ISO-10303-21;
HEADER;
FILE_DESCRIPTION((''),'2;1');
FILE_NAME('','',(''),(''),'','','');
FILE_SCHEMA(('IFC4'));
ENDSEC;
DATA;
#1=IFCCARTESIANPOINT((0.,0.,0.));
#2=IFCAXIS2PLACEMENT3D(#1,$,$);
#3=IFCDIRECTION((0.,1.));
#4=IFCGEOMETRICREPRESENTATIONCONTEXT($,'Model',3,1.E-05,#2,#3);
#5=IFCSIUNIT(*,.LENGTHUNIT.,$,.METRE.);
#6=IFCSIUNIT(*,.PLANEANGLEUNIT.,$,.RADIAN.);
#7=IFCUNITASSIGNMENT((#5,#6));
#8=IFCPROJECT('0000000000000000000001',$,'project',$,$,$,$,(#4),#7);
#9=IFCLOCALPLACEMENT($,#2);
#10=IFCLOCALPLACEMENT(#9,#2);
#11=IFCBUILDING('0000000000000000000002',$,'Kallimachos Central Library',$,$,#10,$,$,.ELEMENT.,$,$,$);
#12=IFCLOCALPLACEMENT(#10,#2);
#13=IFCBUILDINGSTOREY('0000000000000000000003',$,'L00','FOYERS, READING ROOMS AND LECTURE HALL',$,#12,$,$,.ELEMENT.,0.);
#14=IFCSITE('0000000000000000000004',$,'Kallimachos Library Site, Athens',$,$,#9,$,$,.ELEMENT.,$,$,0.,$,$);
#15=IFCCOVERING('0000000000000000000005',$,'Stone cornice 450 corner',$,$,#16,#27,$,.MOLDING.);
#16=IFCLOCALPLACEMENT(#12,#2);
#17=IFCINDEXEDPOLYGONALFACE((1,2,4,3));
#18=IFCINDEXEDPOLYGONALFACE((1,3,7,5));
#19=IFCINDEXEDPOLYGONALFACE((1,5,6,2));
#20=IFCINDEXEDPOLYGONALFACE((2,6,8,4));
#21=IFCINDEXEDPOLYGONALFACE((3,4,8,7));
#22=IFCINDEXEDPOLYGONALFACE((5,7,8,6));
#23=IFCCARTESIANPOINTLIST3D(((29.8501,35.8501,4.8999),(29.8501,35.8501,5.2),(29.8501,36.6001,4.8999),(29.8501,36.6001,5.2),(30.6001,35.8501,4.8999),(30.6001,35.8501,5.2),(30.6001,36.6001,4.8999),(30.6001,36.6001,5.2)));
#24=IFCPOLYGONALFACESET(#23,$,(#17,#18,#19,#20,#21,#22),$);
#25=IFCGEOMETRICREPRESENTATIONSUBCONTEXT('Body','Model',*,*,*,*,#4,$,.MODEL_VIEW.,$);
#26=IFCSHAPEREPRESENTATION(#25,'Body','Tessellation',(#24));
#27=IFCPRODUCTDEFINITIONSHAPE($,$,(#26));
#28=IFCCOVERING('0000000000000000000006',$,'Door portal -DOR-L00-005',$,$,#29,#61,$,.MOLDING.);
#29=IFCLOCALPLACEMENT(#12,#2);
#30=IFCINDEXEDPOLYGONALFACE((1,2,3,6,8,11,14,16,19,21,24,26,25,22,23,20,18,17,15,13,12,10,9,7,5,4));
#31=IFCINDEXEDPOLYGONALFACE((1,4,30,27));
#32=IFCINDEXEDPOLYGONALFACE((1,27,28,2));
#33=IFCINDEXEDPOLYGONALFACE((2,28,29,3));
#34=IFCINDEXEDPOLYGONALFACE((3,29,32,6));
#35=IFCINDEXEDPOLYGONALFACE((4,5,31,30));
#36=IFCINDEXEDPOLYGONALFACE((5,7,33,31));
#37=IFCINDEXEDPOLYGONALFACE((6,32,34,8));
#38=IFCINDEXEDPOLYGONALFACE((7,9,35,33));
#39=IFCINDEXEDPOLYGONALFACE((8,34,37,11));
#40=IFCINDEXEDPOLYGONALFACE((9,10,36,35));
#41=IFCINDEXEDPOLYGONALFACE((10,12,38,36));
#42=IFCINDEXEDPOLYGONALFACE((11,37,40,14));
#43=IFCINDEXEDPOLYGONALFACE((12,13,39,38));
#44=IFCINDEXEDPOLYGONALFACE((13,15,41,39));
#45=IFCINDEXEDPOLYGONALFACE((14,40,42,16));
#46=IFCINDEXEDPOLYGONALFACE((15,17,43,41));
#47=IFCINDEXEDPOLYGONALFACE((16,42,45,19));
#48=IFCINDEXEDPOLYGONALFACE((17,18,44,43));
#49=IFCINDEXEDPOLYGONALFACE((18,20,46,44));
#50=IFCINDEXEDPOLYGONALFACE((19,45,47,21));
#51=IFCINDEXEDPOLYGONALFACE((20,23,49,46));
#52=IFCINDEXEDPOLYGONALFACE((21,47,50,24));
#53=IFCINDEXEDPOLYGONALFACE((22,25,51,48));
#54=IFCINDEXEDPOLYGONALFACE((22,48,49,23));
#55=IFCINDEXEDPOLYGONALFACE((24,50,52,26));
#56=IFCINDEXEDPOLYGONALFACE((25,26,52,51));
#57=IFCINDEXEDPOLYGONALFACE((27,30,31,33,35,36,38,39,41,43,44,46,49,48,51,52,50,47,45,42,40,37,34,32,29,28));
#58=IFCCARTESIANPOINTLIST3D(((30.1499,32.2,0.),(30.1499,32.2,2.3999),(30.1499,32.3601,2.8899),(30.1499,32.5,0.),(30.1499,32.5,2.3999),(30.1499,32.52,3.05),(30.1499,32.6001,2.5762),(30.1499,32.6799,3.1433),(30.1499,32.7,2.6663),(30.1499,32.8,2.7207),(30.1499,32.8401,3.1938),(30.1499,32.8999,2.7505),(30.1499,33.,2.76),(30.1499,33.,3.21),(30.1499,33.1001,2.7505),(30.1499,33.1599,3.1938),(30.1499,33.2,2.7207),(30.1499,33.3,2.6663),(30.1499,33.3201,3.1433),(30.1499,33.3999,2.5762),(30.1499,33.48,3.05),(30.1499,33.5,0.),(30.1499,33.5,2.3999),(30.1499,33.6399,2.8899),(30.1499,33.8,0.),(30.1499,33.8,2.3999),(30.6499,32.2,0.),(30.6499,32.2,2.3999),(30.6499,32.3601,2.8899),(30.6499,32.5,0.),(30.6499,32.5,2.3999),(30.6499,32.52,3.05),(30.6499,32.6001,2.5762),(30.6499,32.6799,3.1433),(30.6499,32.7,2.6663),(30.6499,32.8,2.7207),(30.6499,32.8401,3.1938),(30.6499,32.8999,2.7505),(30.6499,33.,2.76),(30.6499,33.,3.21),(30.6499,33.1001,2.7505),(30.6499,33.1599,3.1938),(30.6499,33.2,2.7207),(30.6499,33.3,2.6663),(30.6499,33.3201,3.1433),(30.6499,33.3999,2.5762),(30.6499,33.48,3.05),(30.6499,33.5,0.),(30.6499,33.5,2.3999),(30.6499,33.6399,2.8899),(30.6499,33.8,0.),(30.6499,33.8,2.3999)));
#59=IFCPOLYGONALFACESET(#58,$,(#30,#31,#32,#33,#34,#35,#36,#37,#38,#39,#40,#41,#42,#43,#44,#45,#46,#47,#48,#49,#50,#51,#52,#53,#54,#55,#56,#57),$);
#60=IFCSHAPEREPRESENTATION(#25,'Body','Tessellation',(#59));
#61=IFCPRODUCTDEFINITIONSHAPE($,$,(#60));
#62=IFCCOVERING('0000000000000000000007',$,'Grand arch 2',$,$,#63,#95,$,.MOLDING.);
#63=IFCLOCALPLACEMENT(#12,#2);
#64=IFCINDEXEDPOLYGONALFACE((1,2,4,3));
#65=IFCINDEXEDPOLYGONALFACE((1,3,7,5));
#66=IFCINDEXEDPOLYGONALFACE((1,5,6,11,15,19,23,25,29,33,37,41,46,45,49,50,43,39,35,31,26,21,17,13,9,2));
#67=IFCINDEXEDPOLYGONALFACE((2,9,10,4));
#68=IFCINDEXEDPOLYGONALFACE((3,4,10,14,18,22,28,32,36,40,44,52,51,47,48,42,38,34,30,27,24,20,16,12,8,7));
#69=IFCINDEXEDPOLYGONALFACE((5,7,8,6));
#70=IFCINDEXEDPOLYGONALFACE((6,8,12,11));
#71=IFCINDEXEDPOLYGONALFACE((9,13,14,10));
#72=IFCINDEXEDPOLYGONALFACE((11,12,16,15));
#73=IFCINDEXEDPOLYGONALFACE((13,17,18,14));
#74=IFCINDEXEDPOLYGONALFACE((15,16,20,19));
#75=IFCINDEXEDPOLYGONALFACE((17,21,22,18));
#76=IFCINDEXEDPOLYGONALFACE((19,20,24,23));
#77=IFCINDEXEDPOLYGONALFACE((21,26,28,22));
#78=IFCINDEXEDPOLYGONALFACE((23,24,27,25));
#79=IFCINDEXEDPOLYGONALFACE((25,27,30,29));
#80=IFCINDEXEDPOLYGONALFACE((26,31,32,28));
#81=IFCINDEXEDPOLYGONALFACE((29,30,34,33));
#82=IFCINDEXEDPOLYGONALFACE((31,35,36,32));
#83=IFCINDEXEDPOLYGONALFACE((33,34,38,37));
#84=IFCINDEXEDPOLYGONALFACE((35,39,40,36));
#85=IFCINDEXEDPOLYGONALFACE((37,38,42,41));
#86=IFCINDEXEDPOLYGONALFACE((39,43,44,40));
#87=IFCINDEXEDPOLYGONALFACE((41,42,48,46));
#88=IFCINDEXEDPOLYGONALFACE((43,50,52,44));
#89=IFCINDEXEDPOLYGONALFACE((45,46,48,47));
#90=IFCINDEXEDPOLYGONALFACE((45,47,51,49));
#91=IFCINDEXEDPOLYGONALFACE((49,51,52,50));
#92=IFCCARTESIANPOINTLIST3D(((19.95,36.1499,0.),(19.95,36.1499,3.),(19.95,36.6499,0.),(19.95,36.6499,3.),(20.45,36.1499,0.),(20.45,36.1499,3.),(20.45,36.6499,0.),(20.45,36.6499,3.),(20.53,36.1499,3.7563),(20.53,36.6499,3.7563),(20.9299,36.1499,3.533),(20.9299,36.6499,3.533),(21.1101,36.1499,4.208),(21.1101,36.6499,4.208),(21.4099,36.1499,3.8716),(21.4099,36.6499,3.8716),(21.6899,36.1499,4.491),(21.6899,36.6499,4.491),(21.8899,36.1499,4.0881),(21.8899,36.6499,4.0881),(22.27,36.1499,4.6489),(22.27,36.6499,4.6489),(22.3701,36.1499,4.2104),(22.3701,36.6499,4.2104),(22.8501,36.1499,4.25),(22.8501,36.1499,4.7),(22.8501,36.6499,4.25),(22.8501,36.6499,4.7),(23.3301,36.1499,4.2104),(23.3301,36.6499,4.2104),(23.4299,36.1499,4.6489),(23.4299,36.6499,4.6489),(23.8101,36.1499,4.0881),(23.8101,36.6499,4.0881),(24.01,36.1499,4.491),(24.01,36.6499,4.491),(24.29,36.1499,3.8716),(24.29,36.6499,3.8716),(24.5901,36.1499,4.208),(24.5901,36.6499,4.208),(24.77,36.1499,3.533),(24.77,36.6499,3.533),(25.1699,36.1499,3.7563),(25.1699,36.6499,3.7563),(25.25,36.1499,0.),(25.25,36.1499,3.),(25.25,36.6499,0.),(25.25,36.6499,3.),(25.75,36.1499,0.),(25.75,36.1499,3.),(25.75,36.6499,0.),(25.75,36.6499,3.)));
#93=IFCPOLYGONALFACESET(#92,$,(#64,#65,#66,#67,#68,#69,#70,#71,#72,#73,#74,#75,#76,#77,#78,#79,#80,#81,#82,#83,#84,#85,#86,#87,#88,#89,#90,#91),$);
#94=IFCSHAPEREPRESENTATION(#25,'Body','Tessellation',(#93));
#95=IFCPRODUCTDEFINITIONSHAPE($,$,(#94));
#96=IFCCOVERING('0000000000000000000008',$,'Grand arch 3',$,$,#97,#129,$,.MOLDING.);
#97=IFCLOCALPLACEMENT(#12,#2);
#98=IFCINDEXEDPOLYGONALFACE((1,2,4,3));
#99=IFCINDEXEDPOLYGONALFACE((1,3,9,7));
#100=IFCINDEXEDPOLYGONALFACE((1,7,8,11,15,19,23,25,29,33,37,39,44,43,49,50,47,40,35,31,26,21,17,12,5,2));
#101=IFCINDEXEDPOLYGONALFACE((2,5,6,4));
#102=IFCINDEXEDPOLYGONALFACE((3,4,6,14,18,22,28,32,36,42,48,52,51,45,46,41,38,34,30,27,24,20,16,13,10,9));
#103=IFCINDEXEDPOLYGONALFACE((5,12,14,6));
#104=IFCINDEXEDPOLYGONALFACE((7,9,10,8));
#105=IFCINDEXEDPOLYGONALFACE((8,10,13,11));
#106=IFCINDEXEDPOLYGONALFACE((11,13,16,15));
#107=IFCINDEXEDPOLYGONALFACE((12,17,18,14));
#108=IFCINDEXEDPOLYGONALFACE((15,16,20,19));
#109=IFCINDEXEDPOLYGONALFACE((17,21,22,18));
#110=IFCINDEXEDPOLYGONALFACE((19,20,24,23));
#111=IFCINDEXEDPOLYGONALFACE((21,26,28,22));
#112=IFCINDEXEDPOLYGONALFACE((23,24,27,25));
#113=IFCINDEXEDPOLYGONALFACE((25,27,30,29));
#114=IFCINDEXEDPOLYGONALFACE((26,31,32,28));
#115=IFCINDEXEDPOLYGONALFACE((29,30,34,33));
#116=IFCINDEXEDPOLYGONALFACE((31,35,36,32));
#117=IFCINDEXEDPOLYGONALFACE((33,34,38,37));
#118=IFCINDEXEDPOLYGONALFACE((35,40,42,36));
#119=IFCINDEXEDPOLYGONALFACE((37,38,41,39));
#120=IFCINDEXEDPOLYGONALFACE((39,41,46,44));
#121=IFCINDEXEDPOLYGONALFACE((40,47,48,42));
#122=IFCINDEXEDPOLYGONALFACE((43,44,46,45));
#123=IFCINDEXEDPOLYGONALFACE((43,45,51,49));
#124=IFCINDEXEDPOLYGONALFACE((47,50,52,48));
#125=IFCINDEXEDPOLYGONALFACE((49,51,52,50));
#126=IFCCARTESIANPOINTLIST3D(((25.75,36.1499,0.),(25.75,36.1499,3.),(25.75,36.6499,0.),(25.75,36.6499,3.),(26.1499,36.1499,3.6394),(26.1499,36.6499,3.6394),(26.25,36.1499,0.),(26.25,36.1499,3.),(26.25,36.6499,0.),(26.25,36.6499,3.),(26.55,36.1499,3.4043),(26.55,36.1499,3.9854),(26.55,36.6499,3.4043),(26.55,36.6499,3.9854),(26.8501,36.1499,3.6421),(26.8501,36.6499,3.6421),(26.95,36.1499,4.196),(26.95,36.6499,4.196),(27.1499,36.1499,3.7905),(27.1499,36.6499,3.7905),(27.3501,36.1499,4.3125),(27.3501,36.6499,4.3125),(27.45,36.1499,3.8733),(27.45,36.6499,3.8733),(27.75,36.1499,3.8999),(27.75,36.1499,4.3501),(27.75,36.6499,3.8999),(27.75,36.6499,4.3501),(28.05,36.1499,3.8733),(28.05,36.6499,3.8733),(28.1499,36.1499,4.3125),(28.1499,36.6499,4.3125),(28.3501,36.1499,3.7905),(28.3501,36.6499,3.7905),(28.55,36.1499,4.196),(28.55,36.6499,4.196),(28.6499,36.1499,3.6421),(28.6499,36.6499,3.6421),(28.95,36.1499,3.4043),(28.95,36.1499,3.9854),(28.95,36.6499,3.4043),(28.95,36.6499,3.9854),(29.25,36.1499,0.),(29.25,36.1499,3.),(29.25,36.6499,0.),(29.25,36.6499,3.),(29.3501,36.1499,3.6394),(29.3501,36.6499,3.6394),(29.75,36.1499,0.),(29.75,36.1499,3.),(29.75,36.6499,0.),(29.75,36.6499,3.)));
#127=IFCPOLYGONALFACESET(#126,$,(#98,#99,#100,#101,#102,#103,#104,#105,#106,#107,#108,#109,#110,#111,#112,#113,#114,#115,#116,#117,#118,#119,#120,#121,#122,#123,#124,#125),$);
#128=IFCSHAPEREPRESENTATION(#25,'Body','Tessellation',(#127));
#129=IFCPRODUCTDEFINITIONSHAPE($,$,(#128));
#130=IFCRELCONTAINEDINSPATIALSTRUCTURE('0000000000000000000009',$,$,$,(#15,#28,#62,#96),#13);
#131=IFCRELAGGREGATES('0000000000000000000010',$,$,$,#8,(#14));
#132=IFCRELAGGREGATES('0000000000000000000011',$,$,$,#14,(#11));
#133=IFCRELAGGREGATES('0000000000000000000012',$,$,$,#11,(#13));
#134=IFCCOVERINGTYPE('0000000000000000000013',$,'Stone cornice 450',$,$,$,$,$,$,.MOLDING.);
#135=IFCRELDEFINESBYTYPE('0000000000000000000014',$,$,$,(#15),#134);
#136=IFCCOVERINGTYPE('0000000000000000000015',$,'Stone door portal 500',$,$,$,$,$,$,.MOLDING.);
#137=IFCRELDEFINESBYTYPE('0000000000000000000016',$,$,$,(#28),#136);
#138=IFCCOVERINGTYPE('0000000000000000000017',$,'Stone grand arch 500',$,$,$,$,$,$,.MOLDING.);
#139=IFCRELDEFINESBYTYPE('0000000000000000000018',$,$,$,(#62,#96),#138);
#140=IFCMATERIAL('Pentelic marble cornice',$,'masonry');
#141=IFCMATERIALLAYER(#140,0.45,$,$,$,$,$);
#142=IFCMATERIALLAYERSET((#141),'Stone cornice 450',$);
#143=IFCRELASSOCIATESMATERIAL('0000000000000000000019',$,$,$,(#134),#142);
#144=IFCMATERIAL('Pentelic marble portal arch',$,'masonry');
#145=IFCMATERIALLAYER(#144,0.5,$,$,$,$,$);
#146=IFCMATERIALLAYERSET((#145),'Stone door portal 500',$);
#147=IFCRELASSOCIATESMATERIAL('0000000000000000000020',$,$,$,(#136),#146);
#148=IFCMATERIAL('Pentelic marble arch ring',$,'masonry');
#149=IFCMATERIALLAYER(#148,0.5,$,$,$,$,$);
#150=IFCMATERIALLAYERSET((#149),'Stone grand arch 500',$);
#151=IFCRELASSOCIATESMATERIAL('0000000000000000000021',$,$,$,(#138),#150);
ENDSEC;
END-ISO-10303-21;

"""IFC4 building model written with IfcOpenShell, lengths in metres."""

from ifc_helpers import new_model, si_unit, direction, frame, origin, origin_2d, place, context, subcontext, project, spatial, polyline, rectangle, outline, extrude, material, layer, layer_set, type_object, element, save


model = new_model("IFC4")

# Units and contexts
model_context = context("Model", 3, precision=1e-05, world=origin(), true_north=direction((0.0, 1.0)))
body_context = subcontext(model_context, "Body", "Model", "MODEL_VIEW")
ifc_project = project(units=[si_unit("LENGTHUNIT", "METRE"), si_unit("PLANEANGLEUNIT", "RADIAN")], contexts=[model_context])

# Site, building, storey
site_placement = place(None, origin())
site = spatial("IfcSite", under=ifc_project, at=site_placement, Name="Kallimachos Library Site, Athens", CompositionType="ELEMENT", RefElevation=0.0)
building_placement = place(site_placement, origin())
building = spatial("IfcBuilding", under=site, at=building_placement, Name="Kallimachos Central Library", CompositionType="ELEMENT")
storey_placement = place(building_placement, origin())
storey = spatial("IfcBuildingStorey", under=building, at=storey_placement, Name="L00", Description="FOYERS, READING ROOMS AND LECTURE HALL", CompositionType="ELEMENT", Elevation=0.0)

# Coverings
ifc_material_1 = material(Name="Pentelic marble cornice", Category="masonry")
ifc_layer_1 = layer(ifc_material_1, 0.45)
ifc_layer_set_1 = layer_set([ifc_layer_1], Name="Stone cornice 450")
covering_type_1 = type_object("IfcCoveringType", Name="Stone cornice 450", PredefinedType="MOLDING", material=ifc_layer_set_1)
covering_1_placement = place(storey_placement, frame((30.2251, 36.2251, 4.8999), z_axis=(0.0, 0.0, 1.0), x_axis=(1.0, 0.0, 0.0)))
element("IfcCovering", 1, at=covering_1_placement, inside=storey, type_object=covering_type_1, Name="Stone cornice 450 corner", PredefinedType="MOLDING", context=body_context, shape_type="SweptSolid", body=[
    extrude(rectangle(XDim=0.75, YDim=0.75, at=origin_2d()), origin(), (0.0, 0.0, 1.0), 0.3),
])
ifc_material_2 = material(Name="Pentelic marble portal arch", Category="masonry")
ifc_layer_2 = layer(ifc_material_2, 0.5)
ifc_layer_set_2 = layer_set([ifc_layer_2], Name="Stone door portal 500")
covering_type_2 = type_object("IfcCoveringType", Name="Stone door portal 500", PredefinedType="MOLDING", material=ifc_layer_set_2)
covering_2_placement = place(storey_placement, frame((30.6499, 32.5, 0.0), z_axis=(1.0, 0.0, 0.0), x_axis=(0.0, 0.0, 1.0)))
element("IfcCovering", 2, at=covering_2_placement, inside=storey, type_object=covering_type_2, Name="Door portal -DOR-L00-005", PredefinedType="MOLDING", context=body_context, shape_type="SweptSolid", body=[
    extrude(outline(polyline([(0.0, 0.0), (2.3999, 0.0), (2.5762, -0.1001), (2.6663, -0.2), (2.7207, -0.3), (2.7505, -0.3999), (2.76, -0.5), (2.7505, -0.6001), (2.7207, -0.7), (2.6663, -0.8), (2.5762, -0.8999), (2.3999, -1.0), (0.0, -1.0), (0.0, -1.3), (2.3999, -1.3), (2.8899, -1.1399), (3.05, -0.98), (3.1433, -0.8201), (3.1938, -0.6599), (3.21, -0.5), (3.1938, -0.3401), (3.1433, -0.1799), (3.05, -0.02), (2.8899, 0.1399), (2.3999, 0.3), (0.0, 0.3), (0.0, 0.0)])), origin(), (0.0, 0.0, -1.0), 0.5),
])
ifc_material_3 = material(Name="Pentelic marble arch ring", Category="masonry")
ifc_layer_3 = layer(ifc_material_3, 0.5)
ifc_layer_set_3 = layer_set([ifc_layer_3], Name="Stone grand arch 500")
covering_type_3 = type_object("IfcCoveringType", Name="Stone grand arch 500", PredefinedType="MOLDING", material=ifc_layer_set_3)
covering_3_placement = place(storey_placement, frame((19.95, 36.6499, 0.0), z_axis=(0.0, 1.0, 0.0), x_axis=(0.0, 0.0, 1.0)))
element("IfcCovering", 3, at=covering_3_placement, inside=storey, type_object=covering_type_3, Name="Grand arch 2", PredefinedType="MOLDING", context=body_context, shape_type="SweptSolid", body=[
    extrude(outline(polyline([(0.0, 0.0), (3.0, 0.0), (3.7563, 0.5801), (4.208, 1.1602), (4.491, 1.74), (4.6489, 2.3201), (4.7, 2.9001), (4.6489, 3.48), (4.491, 4.0601), (4.208, 4.6401), (3.7563, 5.22), (3.0, 5.8), (0.0, 5.8), (0.0, 5.3), (3.0, 5.3), (3.533, 4.8201), (3.8716, 4.3401), (4.0881, 3.8601), (4.2104, 3.3801), (4.25, 2.9001), (4.2104, 2.4202), (4.0881, 1.9399), (3.8716, 1.46), (3.533, 0.98), (3.0, 0.5), (0.0, 0.5), (0.0, 0.0)])), origin(), (0.0, 0.0, -1.0), 0.5),
])
covering_4_placement = place(storey_placement, frame((25.75, 36.6499, 0.0), z_axis=(0.0, 1.0, 0.0), x_axis=(0.0, 0.0, 1.0)))
element("IfcCovering", 4, at=covering_4_placement, inside=storey, type_object=covering_type_3, Name="Grand arch 3", PredefinedType="MOLDING", context=body_context, shape_type="SweptSolid", body=[
    extrude(outline(polyline([(0.0, 0.0), (3.0, 0.0), (3.6394, 0.3999), (3.9854, 0.8), (4.196, 1.2), (4.3125, 1.6001), (4.3501, 2.0), (4.3125, 2.3999), (4.196, 2.8), (3.9854, 3.2), (3.6394, 3.6001), (3.0, 4.0), (0.0, 4.0), (0.0, 3.5), (3.0, 3.5), (3.4043, 3.2), (3.6421, 2.8999), (3.7905, 2.6001), (3.8733, 2.3), (3.8999, 2.0), (3.8733, 1.7), (3.7905, 1.3999), (3.6421, 1.1001), (3.4043, 0.8), (3.0, 0.5), (0.0, 0.5), (0.0, 0.0)])), origin(), (0.0, 0.0, -1.0), 0.5),
])

save(model, "model.ifc")
